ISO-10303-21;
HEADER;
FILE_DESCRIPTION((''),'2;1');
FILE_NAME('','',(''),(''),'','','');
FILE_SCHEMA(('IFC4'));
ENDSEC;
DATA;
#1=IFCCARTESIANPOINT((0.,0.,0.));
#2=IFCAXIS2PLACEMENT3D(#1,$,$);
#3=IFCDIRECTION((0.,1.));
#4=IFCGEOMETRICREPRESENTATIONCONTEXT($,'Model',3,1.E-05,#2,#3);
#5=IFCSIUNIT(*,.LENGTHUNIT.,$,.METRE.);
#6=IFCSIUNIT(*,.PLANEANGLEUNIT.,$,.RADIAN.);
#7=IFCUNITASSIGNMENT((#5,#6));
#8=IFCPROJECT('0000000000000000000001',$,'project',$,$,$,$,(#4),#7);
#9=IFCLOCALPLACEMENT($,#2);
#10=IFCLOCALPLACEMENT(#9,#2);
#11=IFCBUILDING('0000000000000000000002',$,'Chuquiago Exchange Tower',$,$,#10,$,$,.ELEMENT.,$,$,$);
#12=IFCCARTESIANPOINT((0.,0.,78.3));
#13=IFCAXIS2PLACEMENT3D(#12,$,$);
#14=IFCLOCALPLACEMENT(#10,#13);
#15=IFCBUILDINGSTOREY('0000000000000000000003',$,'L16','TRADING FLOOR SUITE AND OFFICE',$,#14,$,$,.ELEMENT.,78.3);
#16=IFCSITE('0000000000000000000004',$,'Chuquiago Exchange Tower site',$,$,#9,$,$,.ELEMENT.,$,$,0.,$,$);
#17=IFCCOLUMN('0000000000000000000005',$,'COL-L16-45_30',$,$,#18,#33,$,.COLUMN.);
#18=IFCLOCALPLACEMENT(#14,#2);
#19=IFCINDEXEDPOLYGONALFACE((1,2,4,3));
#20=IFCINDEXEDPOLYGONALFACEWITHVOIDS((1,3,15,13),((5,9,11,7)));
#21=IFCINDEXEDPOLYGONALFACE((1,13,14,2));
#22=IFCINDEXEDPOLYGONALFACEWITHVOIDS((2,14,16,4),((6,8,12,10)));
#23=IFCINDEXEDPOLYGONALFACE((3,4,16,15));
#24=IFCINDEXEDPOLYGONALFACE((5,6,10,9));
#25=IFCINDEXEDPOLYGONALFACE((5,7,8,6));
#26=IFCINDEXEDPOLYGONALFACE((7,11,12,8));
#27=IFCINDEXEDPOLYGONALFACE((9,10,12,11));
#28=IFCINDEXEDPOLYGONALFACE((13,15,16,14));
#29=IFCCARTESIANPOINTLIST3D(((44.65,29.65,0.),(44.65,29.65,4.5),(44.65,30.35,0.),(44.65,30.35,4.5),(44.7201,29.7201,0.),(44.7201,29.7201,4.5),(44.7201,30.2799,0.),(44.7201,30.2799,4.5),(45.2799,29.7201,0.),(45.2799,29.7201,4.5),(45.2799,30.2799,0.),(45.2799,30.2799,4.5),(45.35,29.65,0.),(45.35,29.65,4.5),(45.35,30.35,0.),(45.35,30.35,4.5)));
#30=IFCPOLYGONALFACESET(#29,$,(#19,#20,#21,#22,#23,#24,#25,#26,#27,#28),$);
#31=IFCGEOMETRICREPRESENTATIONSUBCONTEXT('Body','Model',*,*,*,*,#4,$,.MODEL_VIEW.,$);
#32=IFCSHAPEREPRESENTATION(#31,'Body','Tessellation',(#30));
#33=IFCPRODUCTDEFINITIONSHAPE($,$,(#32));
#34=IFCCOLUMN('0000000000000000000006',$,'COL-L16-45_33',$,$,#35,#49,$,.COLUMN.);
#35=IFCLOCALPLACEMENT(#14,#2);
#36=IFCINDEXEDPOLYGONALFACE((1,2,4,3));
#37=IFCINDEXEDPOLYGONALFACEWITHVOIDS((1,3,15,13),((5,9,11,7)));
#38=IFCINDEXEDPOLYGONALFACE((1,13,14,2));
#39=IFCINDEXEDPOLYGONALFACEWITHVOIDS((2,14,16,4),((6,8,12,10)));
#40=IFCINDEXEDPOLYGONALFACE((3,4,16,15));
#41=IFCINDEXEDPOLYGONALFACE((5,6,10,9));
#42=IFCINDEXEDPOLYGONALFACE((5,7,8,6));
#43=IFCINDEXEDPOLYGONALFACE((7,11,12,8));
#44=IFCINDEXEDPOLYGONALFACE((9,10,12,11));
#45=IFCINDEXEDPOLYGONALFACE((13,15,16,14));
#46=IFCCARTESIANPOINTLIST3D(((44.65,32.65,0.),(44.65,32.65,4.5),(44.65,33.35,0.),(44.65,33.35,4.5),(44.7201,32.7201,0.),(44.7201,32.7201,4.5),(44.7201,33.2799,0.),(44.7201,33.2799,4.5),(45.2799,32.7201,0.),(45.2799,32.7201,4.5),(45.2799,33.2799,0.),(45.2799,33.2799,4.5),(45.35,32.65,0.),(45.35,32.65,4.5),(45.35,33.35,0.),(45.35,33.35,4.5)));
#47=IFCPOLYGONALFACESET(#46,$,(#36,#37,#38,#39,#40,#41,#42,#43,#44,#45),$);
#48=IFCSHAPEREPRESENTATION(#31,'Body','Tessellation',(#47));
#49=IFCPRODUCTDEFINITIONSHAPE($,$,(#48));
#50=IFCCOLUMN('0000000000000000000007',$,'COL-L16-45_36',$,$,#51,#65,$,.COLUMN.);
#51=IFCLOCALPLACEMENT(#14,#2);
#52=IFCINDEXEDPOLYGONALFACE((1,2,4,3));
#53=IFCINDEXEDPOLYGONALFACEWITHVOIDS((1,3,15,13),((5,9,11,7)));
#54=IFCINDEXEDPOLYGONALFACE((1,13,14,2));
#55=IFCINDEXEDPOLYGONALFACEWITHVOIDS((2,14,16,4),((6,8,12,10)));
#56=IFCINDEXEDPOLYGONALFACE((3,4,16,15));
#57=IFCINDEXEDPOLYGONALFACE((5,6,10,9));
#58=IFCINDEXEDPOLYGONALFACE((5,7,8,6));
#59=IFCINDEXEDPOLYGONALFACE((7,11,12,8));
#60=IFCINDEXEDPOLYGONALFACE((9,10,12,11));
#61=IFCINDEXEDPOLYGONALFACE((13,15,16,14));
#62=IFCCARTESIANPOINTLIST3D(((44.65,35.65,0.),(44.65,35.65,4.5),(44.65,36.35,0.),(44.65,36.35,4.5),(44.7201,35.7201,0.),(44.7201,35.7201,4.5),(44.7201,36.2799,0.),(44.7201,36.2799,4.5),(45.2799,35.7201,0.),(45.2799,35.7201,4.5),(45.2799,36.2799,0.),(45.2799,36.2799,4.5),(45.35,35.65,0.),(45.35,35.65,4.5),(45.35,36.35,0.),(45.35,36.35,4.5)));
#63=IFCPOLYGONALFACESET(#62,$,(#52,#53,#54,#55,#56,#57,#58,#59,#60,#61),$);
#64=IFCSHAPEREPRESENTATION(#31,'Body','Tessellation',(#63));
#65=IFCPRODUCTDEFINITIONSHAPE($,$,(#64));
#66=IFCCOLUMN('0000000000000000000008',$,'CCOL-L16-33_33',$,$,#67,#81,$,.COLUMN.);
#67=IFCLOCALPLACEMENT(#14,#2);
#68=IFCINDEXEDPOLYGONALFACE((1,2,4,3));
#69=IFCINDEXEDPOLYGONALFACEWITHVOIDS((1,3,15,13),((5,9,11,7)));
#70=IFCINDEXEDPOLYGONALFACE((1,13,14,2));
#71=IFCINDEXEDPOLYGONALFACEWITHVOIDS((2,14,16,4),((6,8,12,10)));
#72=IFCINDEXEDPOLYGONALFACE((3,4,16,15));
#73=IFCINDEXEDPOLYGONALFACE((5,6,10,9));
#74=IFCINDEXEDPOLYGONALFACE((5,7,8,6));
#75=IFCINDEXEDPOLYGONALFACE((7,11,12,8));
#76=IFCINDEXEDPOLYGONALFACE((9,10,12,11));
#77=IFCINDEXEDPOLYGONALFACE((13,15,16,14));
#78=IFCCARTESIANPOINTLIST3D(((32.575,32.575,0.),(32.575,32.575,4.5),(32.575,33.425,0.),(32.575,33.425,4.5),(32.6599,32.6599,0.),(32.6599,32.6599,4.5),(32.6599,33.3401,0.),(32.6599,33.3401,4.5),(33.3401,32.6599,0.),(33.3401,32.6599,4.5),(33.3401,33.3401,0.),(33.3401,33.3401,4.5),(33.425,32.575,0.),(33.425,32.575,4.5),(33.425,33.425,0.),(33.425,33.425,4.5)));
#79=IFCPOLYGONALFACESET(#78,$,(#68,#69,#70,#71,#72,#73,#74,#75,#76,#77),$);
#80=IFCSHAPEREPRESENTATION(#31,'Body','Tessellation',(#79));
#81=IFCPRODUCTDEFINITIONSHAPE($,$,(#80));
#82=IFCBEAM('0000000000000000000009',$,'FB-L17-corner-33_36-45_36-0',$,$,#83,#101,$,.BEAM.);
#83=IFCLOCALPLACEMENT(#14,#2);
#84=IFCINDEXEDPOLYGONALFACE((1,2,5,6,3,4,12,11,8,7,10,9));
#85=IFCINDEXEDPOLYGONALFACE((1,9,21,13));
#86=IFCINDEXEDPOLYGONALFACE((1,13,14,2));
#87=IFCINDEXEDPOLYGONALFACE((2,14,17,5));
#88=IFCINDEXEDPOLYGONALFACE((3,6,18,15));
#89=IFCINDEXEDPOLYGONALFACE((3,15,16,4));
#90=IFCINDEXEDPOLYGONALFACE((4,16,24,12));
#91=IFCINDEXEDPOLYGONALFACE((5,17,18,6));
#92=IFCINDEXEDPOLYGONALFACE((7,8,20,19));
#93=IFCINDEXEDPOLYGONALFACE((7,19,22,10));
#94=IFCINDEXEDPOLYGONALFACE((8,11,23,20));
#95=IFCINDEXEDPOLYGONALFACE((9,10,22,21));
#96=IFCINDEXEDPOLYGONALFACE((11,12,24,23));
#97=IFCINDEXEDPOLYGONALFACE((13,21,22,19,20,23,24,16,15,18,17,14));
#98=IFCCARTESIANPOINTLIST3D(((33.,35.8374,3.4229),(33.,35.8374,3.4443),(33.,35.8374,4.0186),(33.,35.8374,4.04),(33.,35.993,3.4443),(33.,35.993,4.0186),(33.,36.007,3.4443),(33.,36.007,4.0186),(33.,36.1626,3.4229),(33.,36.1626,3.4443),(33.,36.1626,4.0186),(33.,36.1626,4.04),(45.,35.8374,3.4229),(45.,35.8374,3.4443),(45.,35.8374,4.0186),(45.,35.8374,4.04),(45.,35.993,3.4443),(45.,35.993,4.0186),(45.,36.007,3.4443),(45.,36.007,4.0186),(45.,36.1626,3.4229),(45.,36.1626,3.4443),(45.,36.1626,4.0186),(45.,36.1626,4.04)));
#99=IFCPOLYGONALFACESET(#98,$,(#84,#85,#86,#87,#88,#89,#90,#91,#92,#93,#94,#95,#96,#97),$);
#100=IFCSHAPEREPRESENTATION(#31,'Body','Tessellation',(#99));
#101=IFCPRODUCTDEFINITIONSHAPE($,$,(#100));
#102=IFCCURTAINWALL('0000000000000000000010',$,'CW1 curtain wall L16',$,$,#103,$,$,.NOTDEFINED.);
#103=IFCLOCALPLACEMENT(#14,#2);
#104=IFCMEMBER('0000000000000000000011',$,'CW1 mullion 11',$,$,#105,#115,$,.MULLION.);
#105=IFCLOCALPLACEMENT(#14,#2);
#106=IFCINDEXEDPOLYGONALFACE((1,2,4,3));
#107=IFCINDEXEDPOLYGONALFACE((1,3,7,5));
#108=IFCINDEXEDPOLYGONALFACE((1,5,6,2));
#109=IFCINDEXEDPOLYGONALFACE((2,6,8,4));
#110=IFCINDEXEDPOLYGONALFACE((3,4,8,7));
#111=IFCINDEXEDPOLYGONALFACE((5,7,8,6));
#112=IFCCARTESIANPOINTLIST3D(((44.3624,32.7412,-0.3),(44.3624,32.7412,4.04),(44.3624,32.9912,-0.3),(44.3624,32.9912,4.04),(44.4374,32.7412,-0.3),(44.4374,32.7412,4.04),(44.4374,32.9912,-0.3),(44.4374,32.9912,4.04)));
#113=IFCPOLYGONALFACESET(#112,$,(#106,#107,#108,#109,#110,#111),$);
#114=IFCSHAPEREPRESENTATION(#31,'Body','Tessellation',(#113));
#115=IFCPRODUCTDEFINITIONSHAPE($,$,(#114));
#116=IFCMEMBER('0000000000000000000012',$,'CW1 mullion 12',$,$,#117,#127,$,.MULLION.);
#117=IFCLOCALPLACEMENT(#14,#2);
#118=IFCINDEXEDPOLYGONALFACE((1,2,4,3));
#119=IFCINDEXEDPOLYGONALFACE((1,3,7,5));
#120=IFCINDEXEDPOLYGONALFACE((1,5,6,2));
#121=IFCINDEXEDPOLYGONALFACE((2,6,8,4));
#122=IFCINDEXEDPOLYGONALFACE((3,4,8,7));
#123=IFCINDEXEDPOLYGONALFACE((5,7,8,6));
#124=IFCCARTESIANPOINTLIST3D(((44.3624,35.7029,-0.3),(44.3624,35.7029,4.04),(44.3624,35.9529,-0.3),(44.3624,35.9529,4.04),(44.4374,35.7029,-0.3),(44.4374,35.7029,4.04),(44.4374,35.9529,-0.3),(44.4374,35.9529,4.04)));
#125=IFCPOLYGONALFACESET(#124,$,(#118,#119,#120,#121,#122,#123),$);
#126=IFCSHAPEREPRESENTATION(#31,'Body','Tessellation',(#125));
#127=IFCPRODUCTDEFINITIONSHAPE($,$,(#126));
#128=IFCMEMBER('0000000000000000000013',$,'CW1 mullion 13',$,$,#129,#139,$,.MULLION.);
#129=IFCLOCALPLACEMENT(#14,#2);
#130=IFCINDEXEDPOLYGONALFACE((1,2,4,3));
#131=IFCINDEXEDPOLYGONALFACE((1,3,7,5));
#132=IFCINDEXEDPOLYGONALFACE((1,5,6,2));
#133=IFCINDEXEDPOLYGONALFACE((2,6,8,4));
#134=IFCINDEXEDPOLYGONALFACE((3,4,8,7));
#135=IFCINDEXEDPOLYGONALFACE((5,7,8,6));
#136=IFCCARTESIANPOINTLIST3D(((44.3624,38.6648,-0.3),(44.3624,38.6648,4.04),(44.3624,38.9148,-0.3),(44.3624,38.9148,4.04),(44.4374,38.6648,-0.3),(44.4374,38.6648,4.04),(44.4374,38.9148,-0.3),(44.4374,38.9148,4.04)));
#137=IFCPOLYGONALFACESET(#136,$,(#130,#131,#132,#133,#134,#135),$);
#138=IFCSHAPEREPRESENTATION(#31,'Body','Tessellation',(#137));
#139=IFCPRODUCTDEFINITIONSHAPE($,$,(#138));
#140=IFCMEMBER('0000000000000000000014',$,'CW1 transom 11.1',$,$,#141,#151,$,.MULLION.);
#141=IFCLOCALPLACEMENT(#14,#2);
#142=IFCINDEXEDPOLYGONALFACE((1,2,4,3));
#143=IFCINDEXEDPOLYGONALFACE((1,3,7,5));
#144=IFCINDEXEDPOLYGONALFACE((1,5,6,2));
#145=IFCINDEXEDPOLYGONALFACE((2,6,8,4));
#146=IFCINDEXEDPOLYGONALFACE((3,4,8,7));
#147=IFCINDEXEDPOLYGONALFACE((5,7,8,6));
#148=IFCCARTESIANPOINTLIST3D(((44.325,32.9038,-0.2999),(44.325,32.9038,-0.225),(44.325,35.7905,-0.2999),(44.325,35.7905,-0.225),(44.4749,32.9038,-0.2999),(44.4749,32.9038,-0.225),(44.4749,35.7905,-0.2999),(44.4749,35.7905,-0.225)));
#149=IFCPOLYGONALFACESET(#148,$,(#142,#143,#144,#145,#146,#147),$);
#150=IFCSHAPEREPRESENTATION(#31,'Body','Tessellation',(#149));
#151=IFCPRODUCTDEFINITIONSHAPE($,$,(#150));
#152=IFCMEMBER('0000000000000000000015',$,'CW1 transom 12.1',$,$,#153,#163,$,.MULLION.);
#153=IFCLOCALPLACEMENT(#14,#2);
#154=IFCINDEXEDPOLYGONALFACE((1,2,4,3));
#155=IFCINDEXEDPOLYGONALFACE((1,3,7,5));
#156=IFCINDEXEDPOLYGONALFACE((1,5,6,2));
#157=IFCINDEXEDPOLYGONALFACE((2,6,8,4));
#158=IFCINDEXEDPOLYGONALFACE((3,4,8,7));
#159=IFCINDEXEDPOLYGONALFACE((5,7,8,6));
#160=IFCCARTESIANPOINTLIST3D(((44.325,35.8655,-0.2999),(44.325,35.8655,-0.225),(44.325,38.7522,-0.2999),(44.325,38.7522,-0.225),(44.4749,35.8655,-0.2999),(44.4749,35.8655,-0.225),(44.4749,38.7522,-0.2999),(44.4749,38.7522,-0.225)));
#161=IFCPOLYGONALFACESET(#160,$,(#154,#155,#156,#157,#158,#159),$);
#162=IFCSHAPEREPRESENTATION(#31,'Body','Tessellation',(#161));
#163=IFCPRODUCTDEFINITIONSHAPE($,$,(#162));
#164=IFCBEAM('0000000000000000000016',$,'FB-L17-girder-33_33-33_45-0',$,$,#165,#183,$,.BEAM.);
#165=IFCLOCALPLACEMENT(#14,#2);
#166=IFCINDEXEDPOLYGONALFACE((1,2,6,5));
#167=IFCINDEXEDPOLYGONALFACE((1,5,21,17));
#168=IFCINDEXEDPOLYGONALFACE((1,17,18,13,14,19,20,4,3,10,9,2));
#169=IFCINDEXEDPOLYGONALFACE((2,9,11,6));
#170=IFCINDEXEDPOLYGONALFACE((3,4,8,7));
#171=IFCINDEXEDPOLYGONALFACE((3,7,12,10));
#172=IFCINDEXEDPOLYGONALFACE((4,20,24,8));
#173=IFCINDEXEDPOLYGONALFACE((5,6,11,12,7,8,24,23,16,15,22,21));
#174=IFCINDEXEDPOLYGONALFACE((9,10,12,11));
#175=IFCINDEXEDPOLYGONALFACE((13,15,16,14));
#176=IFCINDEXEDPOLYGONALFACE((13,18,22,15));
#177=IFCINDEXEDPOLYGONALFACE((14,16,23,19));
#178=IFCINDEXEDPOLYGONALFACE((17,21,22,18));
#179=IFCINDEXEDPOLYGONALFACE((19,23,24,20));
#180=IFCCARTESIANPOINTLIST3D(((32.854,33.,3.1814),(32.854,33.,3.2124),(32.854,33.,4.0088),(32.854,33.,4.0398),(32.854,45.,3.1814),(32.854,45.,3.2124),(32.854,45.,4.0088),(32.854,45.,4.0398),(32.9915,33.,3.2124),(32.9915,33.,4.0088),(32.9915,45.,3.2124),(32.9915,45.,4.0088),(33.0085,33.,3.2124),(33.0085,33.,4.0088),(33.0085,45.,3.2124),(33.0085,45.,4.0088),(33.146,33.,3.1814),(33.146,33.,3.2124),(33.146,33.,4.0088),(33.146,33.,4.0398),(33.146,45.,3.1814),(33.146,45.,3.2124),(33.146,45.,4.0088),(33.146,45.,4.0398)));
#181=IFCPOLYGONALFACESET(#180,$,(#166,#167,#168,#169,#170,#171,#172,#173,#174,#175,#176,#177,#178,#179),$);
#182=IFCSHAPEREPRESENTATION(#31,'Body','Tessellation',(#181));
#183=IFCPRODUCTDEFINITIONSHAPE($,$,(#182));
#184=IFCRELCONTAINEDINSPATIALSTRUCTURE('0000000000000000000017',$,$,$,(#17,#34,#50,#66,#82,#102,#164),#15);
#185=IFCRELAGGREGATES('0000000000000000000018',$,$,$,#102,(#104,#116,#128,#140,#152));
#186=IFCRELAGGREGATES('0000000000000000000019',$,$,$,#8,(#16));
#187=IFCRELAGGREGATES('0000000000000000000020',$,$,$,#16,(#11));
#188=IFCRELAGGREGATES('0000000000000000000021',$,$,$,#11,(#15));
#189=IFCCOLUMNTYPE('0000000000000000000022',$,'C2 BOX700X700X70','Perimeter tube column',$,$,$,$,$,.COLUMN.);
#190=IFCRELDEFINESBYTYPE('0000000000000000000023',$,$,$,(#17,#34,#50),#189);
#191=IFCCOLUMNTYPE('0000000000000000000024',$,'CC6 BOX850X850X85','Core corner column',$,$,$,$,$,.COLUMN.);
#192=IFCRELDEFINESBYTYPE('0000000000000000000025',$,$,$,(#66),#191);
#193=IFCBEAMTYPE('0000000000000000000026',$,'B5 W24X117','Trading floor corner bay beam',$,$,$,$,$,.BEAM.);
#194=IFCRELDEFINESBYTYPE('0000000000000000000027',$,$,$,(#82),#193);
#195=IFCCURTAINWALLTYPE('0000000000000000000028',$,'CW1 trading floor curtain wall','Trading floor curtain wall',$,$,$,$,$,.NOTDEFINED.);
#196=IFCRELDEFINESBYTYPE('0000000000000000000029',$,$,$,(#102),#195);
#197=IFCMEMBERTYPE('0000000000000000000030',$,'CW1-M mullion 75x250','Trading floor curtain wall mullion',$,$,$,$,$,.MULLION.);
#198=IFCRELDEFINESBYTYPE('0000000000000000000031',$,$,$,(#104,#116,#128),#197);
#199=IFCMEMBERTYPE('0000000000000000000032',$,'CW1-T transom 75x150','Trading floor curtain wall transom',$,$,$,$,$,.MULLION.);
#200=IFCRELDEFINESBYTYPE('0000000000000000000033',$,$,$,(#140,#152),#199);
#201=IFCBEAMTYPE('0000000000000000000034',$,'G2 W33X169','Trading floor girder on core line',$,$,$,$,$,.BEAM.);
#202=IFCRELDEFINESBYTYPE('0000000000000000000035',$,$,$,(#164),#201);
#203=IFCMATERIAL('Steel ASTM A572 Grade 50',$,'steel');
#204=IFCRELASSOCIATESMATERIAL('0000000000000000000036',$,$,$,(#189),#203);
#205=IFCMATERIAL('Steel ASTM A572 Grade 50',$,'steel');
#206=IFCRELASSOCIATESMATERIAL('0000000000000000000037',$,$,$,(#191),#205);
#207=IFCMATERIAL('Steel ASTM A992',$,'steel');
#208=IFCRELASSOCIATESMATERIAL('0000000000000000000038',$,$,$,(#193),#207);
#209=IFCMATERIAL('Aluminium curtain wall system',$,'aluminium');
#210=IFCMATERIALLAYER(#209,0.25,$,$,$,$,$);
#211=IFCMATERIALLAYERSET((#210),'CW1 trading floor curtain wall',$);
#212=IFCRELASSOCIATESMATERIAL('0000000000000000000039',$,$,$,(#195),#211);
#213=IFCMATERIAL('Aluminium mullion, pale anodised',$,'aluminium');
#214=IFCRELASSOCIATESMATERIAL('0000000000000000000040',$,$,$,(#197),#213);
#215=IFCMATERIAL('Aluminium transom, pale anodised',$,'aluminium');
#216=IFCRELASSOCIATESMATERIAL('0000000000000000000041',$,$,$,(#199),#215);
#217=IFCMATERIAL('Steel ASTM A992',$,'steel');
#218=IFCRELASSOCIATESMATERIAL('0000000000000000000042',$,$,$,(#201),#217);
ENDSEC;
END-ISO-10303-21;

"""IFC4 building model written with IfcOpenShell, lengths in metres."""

from ifc_helpers import new_model, si_unit, direction, frame, origin, origin_2d, place, context, subcontext, project, spatial, rectangle, hollow_rectangle, i_section, extrude, material, layer, layer_set, material_profile, profile_set, type_object, element, aggregate, save


model = new_model("IFC4")

# Units and contexts
model_context = context("Model", 3, precision=1e-05, world=origin(), true_north=direction((0.0, 1.0)))
body_context = subcontext(model_context, "Body", "Model", "MODEL_VIEW")
ifc_project = project(units=[si_unit("LENGTHUNIT", "METRE"), si_unit("PLANEANGLEUNIT", "RADIAN")], contexts=[model_context])

# Site, building, storey
site_placement = place(None, origin())
site = spatial("IfcSite", under=ifc_project, at=site_placement, Name="Chuquiago Exchange Tower site", CompositionType="ELEMENT", RefElevation=0.0)
building_placement = place(site_placement, origin())
building = spatial("IfcBuilding", under=site, at=building_placement, Name="Chuquiago Exchange Tower", CompositionType="ELEMENT")
storey_placement = place(building_placement, frame((0.0, 0.0, 78.3)))
storey = spatial("IfcBuildingStorey", under=building, at=storey_placement, Name="L16", Description="TRADING FLOOR SUITE AND OFFICE", CompositionType="ELEMENT", Elevation=78.3)

# Columns
ifc_material_1 = material(Name="Steel ASTM A572 Grade 50", Category="steel")
ifc_material_profile_1 = material_profile(ifc_material_1, hollow_rectangle(XDim=0.7, YDim=0.7, WallThickness=0.0701, at=origin_2d()), Name="BOX700X700X70")
ifc_profile_set_1 = profile_set([ifc_material_profile_1], Name="Steel ASTM A572 Grade 50")
column_type_1 = type_object("IfcColumnType", Name="C2 BOX700X700X70", Description="Perimeter tube column", PredefinedType="COLUMN", material=ifc_profile_set_1)
for number, where, z_axis, x_axis, name in (
    (1, (45.0, 30.0, 0.0), (0.0, 0.0, 1.0), (1.0, 0.0, 0.0), "COL-L16-45_30"),
    (2, (45.0, 33.0, 0.0), (0.0, 0.0, 1.0), (1.0, 0.0, 0.0), "COL-L16-45_33"),
    (3, (45.0, 36.0, 0.0), (0.0, 0.0, 1.0), (1.0, 0.0, 0.0), "COL-L16-45_36"),
):
    element("IfcColumn", number, at=place(storey_placement, frame(where, z_axis=z_axis, x_axis=x_axis)), inside=storey, type_object=column_type_1, Name=name, PredefinedType="COLUMN", context=body_context, shape_type="SweptSolid", body=[
        extrude(hollow_rectangle(XDim=0.7, YDim=0.7, WallThickness=0.0701, at=origin_2d()), origin(), (0.0, 0.0, 1.0), 4.5),
    ])
ifc_material_2 = material(Name="Steel ASTM A572 Grade 50", Category="steel")
ifc_material_profile_2 = material_profile(ifc_material_2, hollow_rectangle(XDim=0.8501, YDim=0.8501, WallThickness=0.085, at=origin_2d()), Name="BOX850X850X85")
ifc_profile_set_2 = profile_set([ifc_material_profile_2], Name="Steel ASTM A572 Grade 50")
column_type_2 = type_object("IfcColumnType", Name="CC6 BOX850X850X85", Description="Core corner column", PredefinedType="COLUMN", material=ifc_profile_set_2)
column_placement = place(storey_placement, frame((33.0, 33.0, 0.0), z_axis=(0.0, 0.0, 1.0), x_axis=(1.0, 0.0, 0.0)))
element("IfcColumn", 4, at=column_placement, inside=storey, type_object=column_type_2, Name="CCOL-L16-33_33", PredefinedType="COLUMN", context=body_context, shape_type="SweptSolid", body=[
    extrude(hollow_rectangle(XDim=0.8501, YDim=0.8501, WallThickness=0.085, at=origin_2d()), origin(), (0.0, 0.0, 1.0), 4.5),
])

# Beam
ifc_material_3 = material(Name="Steel ASTM A992", Category="steel")
ifc_material_profile_3 = material_profile(ifc_material_3, i_section(OverallWidth=0.3252, OverallDepth=0.6172, WebThickness=0.0139, FlangeThickness=0.0215, at=origin_2d()), Name="W24X117")
ifc_profile_set_3 = profile_set([ifc_material_profile_3], Name="Steel ASTM A992")
beam_type_1 = type_object("IfcBeamType", Name="B5 W24X117", Description="Trading floor corner bay beam", PredefinedType="BEAM", material=ifc_profile_set_3)
beam_placement = place(storey_placement, frame((33.0, 36.0, 3.7314), z_axis=(1.0, 0.0, 0.0), x_axis=(0.0, 1.0, 0.0)))
element("IfcBeam", 5, at=beam_placement, inside=storey, type_object=beam_type_1, Name="FB-L17-corner-33_36-45_36-0", PredefinedType="BEAM", context=body_context, shape_type="SweptSolid", body=[
    extrude(i_section(OverallWidth=0.3252, OverallDepth=0.6172, WebThickness=0.0139, FlangeThickness=0.0215, at=origin_2d()), origin(), (0.0, 0.0, 1.0), 12.0),
])

# Curtain wall, members
ifc_material_4 = material(Name="Aluminium curtain wall system", Category="aluminium")
ifc_layer_1 = layer(ifc_material_4, 0.25)
ifc_layer_set_1 = layer_set([ifc_layer_1], Name="CW1 trading floor curtain wall")
curtain_wall_type = type_object("IfcCurtainWallType", Name="CW1 trading floor curtain wall", Description="Trading floor curtain wall", PredefinedType="NOTDEFINED", material=ifc_layer_set_1)
curtain_wall_placement = place(storey_placement, origin())
curtain_wall = element("IfcCurtainWall", 6, at=curtain_wall_placement, inside=storey, type_object=curtain_wall_type, Name="CW1 curtain wall L16", PredefinedType="NOTDEFINED")
ifc_material_5 = material(Name="Aluminium mullion, pale anodised", Category="aluminium")
ifc_material_profile_4 = material_profile(ifc_material_5, rectangle(XDim=0.075, YDim=0.25, at=origin_2d()), Name="AL 75x250")
ifc_profile_set_4 = profile_set([ifc_material_profile_4], Name="Aluminium mullion, pale anodised")
member_type_1 = type_object("IfcMemberType", Name="CW1-M mullion 75x250", Description="Trading floor curtain wall mullion", PredefinedType="MULLION", material=ifc_profile_set_4)
member_1_placement = place(storey_placement, frame((44.3999, 32.8662, -0.3), z_axis=(0.0, 0.0, 1.0), x_axis=(-1.0, 0.0, 0.0)))
member_1 = element("IfcMember", 7, at=member_1_placement, type_object=member_type_1, Name="CW1 mullion 11", PredefinedType="MULLION", context=body_context, shape_type="SweptSolid", body=[
    extrude(rectangle(XDim=0.075, YDim=0.25, at=origin_2d()), origin(), (0.0, 0.0, 1.0), 4.3401),
])
member_2_placement = place(storey_placement, frame((44.3999, 35.8279, -0.3), z_axis=(0.0, 0.0, 1.0), x_axis=(-1.0, 0.0, 0.0)))
member_2 = element("IfcMember", 8, at=member_2_placement, type_object=member_type_1, Name="CW1 mullion 12", PredefinedType="MULLION", context=body_context, shape_type="SweptSolid", body=[
    extrude(rectangle(XDim=0.075, YDim=0.25, at=origin_2d()), origin(), (0.0, 0.0, 1.0), 4.3401),
])
member_3_placement = place(storey_placement, frame((44.3999, 38.7898, -0.3), z_axis=(0.0, 0.0, 1.0), x_axis=(-1.0, 0.0, 0.0)))
member_3 = element("IfcMember", 9, at=member_3_placement, type_object=member_type_1, Name="CW1 mullion 13", PredefinedType="MULLION", context=body_context, shape_type="SweptSolid", body=[
    extrude(rectangle(XDim=0.075, YDim=0.25, at=origin_2d()), origin(), (0.0, 0.0, 1.0), 4.3401),
])
ifc_material_6 = material(Name="Aluminium transom, pale anodised", Category="aluminium")
ifc_material_profile_5 = material_profile(ifc_material_6, rectangle(XDim=0.1499, YDim=0.075, at=origin_2d()), Name="AL 150x75")
ifc_profile_set_5 = profile_set([ifc_material_profile_5], Name="Aluminium transom, pale anodised")
member_type_2 = type_object("IfcMemberType", Name="CW1-T transom 75x150", Description="Trading floor curtain wall transom", PredefinedType="MULLION", material=ifc_profile_set_5)
member_4_placement = place(storey_placement, frame((44.3999, 32.9038, -0.2625), z_axis=(0.0, 1.0, 0.0), x_axis=(-1.0, 0.0, 0.0)))
member_4 = element("IfcMember", 10, at=member_4_placement, type_object=member_type_2, Name="CW1 transom 11.1", PredefinedType="MULLION", context=body_context, shape_type="SweptSolid", body=[
    extrude(rectangle(XDim=0.1499, YDim=0.075, at=origin_2d()), origin(), (0.0, 0.0, 1.0), 2.8867),
])
member_5_placement = place(storey_placement, frame((44.3999, 35.8655, -0.2625), z_axis=(0.0, 1.0, 0.0), x_axis=(-1.0, 0.0, 0.0)))
member_5 = element("IfcMember", 11, at=member_5_placement, type_object=member_type_2, Name="CW1 transom 12.1", PredefinedType="MULLION", context=body_context, shape_type="SweptSolid", body=[
    extrude(rectangle(XDim=0.1499, YDim=0.075, at=origin_2d()), origin(), (0.0, 0.0, 1.0), 2.8867),
])

# Beam
ifc_material_7 = material(Name="Steel ASTM A992", Category="steel")
ifc_material_profile_6 = material_profile(ifc_material_7, i_section(OverallWidth=0.292, OverallDepth=0.8584, WebThickness=0.0171, FlangeThickness=0.031, at=origin_2d()), Name="W33X169")
ifc_profile_set_6 = profile_set([ifc_material_profile_6], Name="Steel ASTM A992")
beam_type_2 = type_object("IfcBeamType", Name="G2 W33X169", Description="Trading floor girder on core line", PredefinedType="BEAM", material=ifc_profile_set_6)
for number, where, z_axis, x_axis, name in (
    (12, (33.0, 33.0, 3.6106), (0.0, 1.0, 0.0), (-1.0, 0.0, 0.0), "FB-L17-girder-33_33-33_45-0"),
):
    element("IfcBeam", number, at=place(storey_placement, frame(where, z_axis=z_axis, x_axis=x_axis)), inside=storey, type_object=beam_type_2, Name=name, PredefinedType="BEAM", context=body_context, shape_type="SweptSolid", body=[
        extrude(i_section(OverallWidth=0.292, OverallDepth=0.8584, WebThickness=0.0171, FlangeThickness=0.031, at=origin_2d()), origin(), (0.0, 0.0, 1.0), 12.0),
    ])

aggregate(curtain_wall, [member_1, member_2, member_3, member_4, member_5])

save(model, "model.ifc")
